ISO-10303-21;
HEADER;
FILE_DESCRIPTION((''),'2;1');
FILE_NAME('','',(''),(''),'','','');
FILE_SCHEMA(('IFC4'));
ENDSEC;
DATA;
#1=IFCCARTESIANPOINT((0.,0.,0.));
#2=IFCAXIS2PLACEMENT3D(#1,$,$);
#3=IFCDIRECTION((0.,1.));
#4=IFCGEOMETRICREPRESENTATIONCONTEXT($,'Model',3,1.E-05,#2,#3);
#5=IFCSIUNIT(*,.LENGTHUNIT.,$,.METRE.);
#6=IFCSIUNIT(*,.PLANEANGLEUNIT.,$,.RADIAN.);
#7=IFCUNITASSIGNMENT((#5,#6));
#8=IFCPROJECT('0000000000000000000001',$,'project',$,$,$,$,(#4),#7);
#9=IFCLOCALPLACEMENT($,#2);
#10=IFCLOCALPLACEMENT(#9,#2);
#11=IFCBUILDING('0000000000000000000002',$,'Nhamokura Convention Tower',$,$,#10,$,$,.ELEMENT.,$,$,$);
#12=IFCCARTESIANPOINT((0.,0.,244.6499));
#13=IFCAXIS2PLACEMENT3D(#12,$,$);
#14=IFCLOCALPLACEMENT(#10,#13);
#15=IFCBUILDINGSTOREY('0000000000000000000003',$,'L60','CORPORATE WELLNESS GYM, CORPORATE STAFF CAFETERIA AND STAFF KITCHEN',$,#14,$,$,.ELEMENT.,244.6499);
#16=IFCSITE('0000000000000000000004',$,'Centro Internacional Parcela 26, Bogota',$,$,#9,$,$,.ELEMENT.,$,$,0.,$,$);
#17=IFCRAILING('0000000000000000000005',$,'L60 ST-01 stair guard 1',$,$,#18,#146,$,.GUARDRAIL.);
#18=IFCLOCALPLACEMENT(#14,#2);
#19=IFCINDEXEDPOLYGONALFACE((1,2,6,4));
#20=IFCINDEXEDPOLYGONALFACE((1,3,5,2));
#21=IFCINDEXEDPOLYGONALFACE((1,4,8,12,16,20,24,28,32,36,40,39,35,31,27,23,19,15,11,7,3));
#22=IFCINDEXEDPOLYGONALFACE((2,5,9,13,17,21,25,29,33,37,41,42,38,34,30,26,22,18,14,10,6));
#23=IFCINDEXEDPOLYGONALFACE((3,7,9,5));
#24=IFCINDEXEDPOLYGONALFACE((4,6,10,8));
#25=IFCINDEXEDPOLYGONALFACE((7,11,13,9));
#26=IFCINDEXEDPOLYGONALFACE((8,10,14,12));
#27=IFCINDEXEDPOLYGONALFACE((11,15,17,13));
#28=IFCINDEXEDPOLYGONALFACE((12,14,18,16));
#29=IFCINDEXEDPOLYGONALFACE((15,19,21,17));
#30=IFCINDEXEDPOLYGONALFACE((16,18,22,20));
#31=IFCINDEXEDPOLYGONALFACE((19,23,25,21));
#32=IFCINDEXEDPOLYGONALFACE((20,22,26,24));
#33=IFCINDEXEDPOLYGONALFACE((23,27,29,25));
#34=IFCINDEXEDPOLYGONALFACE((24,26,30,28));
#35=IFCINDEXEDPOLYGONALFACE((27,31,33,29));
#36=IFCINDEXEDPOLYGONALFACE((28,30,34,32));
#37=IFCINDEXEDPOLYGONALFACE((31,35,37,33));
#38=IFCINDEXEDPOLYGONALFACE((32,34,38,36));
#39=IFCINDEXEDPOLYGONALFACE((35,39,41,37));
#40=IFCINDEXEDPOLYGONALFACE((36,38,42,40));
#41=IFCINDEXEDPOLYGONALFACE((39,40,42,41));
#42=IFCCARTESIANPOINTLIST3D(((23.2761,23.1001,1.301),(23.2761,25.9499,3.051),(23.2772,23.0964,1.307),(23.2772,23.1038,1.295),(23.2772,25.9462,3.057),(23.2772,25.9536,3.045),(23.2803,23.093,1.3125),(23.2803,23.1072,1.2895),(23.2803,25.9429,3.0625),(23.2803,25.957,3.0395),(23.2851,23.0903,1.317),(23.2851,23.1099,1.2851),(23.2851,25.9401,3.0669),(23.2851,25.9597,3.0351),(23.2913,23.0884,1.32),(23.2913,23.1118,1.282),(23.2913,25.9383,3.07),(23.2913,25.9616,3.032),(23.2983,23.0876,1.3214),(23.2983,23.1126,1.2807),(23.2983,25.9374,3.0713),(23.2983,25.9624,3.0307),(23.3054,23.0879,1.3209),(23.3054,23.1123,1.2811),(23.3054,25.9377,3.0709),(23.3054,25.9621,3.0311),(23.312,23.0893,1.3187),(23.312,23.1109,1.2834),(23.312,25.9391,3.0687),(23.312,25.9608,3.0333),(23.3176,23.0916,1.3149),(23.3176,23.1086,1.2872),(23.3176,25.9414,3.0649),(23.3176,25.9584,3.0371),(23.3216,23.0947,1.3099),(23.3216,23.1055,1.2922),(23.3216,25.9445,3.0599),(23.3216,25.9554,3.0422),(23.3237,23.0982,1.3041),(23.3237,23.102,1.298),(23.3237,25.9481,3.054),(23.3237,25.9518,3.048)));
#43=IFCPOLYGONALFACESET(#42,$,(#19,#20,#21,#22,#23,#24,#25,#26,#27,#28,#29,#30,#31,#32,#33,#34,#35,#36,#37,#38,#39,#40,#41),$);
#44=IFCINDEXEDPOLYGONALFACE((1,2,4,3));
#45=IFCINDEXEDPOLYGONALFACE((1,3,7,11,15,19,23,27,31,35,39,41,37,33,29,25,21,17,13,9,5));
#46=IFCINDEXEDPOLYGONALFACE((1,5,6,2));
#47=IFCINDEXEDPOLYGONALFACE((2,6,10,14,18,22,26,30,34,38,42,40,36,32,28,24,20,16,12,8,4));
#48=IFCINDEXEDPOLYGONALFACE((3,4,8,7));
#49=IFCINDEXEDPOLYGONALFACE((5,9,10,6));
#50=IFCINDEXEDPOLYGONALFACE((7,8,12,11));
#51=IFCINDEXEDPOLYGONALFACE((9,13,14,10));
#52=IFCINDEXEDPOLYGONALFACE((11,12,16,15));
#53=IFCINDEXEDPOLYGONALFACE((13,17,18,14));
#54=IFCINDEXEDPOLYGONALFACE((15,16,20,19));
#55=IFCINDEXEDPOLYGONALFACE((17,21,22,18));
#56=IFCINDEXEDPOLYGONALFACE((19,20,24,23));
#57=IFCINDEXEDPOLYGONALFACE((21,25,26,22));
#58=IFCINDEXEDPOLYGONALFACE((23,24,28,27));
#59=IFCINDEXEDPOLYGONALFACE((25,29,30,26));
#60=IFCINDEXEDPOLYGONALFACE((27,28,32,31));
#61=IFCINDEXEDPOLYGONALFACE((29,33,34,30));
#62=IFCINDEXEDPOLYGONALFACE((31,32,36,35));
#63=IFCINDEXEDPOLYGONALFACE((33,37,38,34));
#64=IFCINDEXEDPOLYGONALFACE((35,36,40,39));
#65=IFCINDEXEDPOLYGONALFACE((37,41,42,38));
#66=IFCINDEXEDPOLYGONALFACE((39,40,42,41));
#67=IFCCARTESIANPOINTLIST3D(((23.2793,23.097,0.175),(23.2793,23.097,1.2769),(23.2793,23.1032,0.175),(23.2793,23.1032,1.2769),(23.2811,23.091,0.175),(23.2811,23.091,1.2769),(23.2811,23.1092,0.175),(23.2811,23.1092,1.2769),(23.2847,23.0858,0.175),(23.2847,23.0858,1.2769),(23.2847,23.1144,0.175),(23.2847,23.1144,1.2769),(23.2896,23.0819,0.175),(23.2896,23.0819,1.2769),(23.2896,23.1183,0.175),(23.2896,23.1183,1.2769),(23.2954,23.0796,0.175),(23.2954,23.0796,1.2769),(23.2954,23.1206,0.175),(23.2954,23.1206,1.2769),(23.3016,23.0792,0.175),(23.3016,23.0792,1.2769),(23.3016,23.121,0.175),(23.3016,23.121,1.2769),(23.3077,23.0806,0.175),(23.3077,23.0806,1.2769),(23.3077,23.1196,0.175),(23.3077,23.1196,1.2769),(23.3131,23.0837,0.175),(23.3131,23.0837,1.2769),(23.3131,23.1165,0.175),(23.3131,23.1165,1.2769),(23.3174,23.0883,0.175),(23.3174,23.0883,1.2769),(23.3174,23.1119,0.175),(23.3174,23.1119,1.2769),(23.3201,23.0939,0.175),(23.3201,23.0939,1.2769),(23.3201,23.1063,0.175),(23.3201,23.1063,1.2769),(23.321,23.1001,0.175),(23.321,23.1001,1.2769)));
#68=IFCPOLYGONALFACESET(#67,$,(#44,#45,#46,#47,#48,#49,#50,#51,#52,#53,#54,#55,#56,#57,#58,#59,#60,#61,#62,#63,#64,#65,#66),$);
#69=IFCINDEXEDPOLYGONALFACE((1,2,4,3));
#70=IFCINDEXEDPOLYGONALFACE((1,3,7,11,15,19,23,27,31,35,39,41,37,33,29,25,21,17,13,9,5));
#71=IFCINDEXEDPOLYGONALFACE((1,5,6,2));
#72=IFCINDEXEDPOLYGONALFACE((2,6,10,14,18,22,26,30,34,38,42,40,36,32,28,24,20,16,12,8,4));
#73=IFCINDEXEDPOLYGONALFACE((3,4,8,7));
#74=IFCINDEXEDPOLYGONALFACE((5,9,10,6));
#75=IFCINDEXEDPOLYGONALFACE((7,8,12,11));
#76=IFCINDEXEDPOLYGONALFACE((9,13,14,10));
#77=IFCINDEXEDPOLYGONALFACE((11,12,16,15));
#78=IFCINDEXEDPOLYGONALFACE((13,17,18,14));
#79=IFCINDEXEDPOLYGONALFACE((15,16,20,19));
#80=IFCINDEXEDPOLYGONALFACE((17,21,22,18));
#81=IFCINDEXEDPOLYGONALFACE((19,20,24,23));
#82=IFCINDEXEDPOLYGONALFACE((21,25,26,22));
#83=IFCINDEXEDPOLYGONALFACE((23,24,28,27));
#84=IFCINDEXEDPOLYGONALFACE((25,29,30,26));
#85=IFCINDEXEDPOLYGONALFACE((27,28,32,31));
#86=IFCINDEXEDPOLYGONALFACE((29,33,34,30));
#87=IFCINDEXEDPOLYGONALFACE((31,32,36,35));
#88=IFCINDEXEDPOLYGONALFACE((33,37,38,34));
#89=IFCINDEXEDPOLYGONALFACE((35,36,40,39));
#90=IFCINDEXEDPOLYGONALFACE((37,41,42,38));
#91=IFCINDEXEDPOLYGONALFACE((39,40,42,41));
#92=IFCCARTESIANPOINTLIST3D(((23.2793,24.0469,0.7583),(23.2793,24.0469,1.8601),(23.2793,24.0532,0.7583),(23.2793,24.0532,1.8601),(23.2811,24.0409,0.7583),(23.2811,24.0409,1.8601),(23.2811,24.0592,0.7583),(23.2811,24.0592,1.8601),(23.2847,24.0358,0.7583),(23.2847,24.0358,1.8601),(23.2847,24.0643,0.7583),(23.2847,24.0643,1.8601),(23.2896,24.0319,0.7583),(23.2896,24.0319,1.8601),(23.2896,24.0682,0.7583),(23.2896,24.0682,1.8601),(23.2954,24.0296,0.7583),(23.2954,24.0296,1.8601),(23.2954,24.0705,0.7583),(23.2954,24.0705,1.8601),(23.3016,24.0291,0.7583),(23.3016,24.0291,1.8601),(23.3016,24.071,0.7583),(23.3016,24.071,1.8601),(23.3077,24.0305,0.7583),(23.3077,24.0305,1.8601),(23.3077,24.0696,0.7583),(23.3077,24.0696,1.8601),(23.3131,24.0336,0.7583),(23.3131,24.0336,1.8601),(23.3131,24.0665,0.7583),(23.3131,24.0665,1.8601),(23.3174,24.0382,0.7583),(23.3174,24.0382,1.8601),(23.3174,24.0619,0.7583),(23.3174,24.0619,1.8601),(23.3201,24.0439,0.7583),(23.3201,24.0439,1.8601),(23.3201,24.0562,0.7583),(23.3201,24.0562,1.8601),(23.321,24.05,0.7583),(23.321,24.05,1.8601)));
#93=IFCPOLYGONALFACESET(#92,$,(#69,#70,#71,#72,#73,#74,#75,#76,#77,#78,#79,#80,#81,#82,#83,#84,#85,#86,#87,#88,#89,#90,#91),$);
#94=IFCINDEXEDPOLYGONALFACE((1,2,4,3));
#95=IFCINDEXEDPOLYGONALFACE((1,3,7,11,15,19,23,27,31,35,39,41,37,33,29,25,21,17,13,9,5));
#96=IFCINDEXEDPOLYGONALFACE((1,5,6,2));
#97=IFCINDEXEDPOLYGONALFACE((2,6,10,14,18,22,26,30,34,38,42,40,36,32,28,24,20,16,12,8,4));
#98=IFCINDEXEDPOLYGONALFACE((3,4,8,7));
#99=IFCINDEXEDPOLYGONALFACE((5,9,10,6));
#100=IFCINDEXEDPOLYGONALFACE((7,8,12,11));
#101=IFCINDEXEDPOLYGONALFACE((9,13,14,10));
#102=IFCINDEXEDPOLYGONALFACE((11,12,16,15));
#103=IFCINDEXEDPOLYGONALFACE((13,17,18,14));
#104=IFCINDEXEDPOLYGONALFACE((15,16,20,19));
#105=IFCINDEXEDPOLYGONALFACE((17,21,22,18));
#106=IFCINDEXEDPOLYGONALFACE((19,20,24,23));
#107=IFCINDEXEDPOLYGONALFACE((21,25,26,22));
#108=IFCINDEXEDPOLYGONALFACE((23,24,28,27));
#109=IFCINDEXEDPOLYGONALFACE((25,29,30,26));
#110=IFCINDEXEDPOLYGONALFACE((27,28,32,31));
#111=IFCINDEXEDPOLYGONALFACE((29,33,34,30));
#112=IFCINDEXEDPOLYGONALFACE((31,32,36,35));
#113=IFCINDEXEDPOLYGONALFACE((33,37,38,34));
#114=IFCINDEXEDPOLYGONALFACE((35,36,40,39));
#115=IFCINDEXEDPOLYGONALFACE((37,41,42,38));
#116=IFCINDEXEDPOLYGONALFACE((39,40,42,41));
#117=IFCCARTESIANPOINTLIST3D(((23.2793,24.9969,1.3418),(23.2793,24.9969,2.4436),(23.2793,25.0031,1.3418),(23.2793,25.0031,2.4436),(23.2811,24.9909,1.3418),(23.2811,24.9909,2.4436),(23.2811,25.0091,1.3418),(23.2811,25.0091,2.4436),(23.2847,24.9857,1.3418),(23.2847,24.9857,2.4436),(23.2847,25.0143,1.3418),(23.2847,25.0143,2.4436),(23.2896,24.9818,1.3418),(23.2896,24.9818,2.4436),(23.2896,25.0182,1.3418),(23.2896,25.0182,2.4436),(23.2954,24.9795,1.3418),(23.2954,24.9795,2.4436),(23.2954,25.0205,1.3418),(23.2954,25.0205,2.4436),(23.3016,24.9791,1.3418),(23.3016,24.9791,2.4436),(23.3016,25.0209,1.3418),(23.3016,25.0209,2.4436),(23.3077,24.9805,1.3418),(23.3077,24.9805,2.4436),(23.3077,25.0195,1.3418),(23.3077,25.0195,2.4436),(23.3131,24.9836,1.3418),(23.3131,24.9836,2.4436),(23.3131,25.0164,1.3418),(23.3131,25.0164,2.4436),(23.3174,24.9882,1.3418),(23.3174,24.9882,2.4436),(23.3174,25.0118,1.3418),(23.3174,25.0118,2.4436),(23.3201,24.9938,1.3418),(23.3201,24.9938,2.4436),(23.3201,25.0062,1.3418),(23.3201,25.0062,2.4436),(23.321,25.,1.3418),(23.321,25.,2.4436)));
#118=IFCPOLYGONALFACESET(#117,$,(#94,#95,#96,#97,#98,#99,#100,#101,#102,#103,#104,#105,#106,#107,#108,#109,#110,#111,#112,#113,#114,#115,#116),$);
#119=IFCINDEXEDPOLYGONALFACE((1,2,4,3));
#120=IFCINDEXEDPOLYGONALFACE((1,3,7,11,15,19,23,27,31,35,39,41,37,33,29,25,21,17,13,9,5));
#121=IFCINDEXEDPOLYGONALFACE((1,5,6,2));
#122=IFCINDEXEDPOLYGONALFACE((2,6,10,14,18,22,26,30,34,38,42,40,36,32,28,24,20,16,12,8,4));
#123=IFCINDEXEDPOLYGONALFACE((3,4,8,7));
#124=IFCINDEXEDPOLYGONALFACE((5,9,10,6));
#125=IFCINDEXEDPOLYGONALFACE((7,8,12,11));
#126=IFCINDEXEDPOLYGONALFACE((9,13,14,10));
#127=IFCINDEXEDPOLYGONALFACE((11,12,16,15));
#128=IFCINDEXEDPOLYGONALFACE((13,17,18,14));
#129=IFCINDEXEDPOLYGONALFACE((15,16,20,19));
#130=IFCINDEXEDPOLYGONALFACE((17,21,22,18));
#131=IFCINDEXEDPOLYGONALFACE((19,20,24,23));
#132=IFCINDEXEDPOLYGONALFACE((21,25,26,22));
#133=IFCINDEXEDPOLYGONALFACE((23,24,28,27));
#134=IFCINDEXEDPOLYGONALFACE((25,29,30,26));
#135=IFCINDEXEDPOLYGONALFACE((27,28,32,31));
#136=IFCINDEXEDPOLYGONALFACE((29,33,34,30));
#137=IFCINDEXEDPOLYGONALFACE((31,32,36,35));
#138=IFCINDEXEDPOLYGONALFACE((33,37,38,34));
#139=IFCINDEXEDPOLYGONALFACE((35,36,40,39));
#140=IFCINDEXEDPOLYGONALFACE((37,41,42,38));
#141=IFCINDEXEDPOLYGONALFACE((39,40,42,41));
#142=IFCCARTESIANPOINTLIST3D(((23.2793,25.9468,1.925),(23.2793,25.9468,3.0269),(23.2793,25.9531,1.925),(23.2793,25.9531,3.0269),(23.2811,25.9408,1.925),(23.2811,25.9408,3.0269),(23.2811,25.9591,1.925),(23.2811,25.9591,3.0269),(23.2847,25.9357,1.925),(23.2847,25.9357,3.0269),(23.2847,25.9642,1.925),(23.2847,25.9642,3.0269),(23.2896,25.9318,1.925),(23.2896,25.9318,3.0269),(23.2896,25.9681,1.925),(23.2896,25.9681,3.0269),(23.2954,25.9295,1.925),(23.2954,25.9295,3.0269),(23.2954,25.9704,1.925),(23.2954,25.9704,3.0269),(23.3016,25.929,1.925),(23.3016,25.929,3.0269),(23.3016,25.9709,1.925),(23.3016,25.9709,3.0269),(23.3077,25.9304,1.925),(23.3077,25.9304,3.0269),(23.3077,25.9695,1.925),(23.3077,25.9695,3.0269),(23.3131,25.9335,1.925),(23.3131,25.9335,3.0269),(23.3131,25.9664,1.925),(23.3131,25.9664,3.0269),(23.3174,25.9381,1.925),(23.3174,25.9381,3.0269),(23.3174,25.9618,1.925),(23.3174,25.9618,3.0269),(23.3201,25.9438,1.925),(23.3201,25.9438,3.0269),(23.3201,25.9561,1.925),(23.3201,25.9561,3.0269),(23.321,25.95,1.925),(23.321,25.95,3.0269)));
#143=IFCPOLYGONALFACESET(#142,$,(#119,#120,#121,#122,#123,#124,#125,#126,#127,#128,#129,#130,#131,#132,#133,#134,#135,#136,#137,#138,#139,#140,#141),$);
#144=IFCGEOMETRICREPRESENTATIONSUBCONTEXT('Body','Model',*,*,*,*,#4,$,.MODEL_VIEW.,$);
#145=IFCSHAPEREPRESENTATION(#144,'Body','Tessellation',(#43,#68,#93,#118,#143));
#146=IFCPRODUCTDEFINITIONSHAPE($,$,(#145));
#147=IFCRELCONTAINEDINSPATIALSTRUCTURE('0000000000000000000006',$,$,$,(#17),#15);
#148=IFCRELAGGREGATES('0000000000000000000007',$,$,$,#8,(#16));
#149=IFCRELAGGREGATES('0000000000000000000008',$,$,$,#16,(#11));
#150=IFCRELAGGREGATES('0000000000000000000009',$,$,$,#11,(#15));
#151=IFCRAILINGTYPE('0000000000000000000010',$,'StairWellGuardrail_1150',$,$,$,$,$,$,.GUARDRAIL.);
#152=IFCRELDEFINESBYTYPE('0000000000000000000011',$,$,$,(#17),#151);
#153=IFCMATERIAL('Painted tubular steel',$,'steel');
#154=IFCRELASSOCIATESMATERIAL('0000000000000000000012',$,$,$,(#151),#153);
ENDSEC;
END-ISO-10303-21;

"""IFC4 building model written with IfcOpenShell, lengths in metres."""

from ifc_helpers import new_model, si_unit, direction, frame, origin, origin_2d, place, context, subcontext, project, spatial, circle, extrude, material, type_object, element, save


model = new_model("IFC4")

# Units and contexts
model_context = context("Model", 3, precision=1e-05, world=origin(), true_north=direction((0.0, 1.0)))
body_context = subcontext(model_context, "Body", "Model", "MODEL_VIEW")
ifc_project = project(units=[si_unit("LENGTHUNIT", "METRE"), si_unit("PLANEANGLEUNIT", "RADIAN")], contexts=[model_context])

# Site, building, storey
site_placement = place(None, origin())
site = spatial("IfcSite", under=ifc_project, at=site_placement, Name="Centro Internacional Parcela 26, Bogota", CompositionType="ELEMENT", RefElevation=0.0)
building_placement = place(site_placement, origin())
building = spatial("IfcBuilding", under=site, at=building_placement, Name="Nhamokura Convention Tower", CompositionType="ELEMENT")
storey_placement = place(building_placement, frame((0.0, 0.0, 244.6499)))
storey = spatial("IfcBuildingStorey", under=building, at=storey_placement, Name="L60", Description="CORPORATE WELLNESS GYM, CORPORATE STAFF CAFETERIA AND STAFF KITCHEN", CompositionType="ELEMENT", Elevation=244.6499)

# Railing
ifc_material_1 = material(Name="Painted tubular steel", Category="steel")
railing_type_1 = type_object("IfcRailingType", Name="StairWellGuardrail_1150", PredefinedType="GUARDRAIL", material=ifc_material_1)
railing_1_placement = place(storey_placement, frame((23.3, 23.1001, 0.175)))
element("IfcRailing", 1, at=railing_1_placement, inside=storey, type_object=railing_type_1, Name="L60 ST-01 stair guard 1", PredefinedType="GUARDRAIL", context=body_context, shape_type="SweptSolid", body=[
    extrude(circle(Radius=0.0239, at=origin_2d()), frame((0.0, 0.0, 1.126), z_axis=(0.0, 0.852159, 0.523283), x_axis=(-1.0, 0.0, 0.0)), (0.0, 0.0, 1.0), 3.3442),
    extrude(circle(Radius=0.021, at=origin_2d()), origin(), (0.0, 0.0, 1.0), 1.1018),
    extrude(circle(Radius=0.021, at=origin_2d()), frame((0.0, 0.95, 0.5833)), (0.0, 0.0, 1.0), 1.1018),
    extrude(circle(Radius=0.021, at=origin_2d()), frame((0.0, 1.8999, 1.1667)), (0.0, 0.0, 1.0), 1.1018),
    extrude(circle(Radius=0.021, at=origin_2d()), frame((0.0, 2.8499, 1.75)), (0.0, 0.0, 1.0), 1.1018),
])

save(model, "model.ifc")
